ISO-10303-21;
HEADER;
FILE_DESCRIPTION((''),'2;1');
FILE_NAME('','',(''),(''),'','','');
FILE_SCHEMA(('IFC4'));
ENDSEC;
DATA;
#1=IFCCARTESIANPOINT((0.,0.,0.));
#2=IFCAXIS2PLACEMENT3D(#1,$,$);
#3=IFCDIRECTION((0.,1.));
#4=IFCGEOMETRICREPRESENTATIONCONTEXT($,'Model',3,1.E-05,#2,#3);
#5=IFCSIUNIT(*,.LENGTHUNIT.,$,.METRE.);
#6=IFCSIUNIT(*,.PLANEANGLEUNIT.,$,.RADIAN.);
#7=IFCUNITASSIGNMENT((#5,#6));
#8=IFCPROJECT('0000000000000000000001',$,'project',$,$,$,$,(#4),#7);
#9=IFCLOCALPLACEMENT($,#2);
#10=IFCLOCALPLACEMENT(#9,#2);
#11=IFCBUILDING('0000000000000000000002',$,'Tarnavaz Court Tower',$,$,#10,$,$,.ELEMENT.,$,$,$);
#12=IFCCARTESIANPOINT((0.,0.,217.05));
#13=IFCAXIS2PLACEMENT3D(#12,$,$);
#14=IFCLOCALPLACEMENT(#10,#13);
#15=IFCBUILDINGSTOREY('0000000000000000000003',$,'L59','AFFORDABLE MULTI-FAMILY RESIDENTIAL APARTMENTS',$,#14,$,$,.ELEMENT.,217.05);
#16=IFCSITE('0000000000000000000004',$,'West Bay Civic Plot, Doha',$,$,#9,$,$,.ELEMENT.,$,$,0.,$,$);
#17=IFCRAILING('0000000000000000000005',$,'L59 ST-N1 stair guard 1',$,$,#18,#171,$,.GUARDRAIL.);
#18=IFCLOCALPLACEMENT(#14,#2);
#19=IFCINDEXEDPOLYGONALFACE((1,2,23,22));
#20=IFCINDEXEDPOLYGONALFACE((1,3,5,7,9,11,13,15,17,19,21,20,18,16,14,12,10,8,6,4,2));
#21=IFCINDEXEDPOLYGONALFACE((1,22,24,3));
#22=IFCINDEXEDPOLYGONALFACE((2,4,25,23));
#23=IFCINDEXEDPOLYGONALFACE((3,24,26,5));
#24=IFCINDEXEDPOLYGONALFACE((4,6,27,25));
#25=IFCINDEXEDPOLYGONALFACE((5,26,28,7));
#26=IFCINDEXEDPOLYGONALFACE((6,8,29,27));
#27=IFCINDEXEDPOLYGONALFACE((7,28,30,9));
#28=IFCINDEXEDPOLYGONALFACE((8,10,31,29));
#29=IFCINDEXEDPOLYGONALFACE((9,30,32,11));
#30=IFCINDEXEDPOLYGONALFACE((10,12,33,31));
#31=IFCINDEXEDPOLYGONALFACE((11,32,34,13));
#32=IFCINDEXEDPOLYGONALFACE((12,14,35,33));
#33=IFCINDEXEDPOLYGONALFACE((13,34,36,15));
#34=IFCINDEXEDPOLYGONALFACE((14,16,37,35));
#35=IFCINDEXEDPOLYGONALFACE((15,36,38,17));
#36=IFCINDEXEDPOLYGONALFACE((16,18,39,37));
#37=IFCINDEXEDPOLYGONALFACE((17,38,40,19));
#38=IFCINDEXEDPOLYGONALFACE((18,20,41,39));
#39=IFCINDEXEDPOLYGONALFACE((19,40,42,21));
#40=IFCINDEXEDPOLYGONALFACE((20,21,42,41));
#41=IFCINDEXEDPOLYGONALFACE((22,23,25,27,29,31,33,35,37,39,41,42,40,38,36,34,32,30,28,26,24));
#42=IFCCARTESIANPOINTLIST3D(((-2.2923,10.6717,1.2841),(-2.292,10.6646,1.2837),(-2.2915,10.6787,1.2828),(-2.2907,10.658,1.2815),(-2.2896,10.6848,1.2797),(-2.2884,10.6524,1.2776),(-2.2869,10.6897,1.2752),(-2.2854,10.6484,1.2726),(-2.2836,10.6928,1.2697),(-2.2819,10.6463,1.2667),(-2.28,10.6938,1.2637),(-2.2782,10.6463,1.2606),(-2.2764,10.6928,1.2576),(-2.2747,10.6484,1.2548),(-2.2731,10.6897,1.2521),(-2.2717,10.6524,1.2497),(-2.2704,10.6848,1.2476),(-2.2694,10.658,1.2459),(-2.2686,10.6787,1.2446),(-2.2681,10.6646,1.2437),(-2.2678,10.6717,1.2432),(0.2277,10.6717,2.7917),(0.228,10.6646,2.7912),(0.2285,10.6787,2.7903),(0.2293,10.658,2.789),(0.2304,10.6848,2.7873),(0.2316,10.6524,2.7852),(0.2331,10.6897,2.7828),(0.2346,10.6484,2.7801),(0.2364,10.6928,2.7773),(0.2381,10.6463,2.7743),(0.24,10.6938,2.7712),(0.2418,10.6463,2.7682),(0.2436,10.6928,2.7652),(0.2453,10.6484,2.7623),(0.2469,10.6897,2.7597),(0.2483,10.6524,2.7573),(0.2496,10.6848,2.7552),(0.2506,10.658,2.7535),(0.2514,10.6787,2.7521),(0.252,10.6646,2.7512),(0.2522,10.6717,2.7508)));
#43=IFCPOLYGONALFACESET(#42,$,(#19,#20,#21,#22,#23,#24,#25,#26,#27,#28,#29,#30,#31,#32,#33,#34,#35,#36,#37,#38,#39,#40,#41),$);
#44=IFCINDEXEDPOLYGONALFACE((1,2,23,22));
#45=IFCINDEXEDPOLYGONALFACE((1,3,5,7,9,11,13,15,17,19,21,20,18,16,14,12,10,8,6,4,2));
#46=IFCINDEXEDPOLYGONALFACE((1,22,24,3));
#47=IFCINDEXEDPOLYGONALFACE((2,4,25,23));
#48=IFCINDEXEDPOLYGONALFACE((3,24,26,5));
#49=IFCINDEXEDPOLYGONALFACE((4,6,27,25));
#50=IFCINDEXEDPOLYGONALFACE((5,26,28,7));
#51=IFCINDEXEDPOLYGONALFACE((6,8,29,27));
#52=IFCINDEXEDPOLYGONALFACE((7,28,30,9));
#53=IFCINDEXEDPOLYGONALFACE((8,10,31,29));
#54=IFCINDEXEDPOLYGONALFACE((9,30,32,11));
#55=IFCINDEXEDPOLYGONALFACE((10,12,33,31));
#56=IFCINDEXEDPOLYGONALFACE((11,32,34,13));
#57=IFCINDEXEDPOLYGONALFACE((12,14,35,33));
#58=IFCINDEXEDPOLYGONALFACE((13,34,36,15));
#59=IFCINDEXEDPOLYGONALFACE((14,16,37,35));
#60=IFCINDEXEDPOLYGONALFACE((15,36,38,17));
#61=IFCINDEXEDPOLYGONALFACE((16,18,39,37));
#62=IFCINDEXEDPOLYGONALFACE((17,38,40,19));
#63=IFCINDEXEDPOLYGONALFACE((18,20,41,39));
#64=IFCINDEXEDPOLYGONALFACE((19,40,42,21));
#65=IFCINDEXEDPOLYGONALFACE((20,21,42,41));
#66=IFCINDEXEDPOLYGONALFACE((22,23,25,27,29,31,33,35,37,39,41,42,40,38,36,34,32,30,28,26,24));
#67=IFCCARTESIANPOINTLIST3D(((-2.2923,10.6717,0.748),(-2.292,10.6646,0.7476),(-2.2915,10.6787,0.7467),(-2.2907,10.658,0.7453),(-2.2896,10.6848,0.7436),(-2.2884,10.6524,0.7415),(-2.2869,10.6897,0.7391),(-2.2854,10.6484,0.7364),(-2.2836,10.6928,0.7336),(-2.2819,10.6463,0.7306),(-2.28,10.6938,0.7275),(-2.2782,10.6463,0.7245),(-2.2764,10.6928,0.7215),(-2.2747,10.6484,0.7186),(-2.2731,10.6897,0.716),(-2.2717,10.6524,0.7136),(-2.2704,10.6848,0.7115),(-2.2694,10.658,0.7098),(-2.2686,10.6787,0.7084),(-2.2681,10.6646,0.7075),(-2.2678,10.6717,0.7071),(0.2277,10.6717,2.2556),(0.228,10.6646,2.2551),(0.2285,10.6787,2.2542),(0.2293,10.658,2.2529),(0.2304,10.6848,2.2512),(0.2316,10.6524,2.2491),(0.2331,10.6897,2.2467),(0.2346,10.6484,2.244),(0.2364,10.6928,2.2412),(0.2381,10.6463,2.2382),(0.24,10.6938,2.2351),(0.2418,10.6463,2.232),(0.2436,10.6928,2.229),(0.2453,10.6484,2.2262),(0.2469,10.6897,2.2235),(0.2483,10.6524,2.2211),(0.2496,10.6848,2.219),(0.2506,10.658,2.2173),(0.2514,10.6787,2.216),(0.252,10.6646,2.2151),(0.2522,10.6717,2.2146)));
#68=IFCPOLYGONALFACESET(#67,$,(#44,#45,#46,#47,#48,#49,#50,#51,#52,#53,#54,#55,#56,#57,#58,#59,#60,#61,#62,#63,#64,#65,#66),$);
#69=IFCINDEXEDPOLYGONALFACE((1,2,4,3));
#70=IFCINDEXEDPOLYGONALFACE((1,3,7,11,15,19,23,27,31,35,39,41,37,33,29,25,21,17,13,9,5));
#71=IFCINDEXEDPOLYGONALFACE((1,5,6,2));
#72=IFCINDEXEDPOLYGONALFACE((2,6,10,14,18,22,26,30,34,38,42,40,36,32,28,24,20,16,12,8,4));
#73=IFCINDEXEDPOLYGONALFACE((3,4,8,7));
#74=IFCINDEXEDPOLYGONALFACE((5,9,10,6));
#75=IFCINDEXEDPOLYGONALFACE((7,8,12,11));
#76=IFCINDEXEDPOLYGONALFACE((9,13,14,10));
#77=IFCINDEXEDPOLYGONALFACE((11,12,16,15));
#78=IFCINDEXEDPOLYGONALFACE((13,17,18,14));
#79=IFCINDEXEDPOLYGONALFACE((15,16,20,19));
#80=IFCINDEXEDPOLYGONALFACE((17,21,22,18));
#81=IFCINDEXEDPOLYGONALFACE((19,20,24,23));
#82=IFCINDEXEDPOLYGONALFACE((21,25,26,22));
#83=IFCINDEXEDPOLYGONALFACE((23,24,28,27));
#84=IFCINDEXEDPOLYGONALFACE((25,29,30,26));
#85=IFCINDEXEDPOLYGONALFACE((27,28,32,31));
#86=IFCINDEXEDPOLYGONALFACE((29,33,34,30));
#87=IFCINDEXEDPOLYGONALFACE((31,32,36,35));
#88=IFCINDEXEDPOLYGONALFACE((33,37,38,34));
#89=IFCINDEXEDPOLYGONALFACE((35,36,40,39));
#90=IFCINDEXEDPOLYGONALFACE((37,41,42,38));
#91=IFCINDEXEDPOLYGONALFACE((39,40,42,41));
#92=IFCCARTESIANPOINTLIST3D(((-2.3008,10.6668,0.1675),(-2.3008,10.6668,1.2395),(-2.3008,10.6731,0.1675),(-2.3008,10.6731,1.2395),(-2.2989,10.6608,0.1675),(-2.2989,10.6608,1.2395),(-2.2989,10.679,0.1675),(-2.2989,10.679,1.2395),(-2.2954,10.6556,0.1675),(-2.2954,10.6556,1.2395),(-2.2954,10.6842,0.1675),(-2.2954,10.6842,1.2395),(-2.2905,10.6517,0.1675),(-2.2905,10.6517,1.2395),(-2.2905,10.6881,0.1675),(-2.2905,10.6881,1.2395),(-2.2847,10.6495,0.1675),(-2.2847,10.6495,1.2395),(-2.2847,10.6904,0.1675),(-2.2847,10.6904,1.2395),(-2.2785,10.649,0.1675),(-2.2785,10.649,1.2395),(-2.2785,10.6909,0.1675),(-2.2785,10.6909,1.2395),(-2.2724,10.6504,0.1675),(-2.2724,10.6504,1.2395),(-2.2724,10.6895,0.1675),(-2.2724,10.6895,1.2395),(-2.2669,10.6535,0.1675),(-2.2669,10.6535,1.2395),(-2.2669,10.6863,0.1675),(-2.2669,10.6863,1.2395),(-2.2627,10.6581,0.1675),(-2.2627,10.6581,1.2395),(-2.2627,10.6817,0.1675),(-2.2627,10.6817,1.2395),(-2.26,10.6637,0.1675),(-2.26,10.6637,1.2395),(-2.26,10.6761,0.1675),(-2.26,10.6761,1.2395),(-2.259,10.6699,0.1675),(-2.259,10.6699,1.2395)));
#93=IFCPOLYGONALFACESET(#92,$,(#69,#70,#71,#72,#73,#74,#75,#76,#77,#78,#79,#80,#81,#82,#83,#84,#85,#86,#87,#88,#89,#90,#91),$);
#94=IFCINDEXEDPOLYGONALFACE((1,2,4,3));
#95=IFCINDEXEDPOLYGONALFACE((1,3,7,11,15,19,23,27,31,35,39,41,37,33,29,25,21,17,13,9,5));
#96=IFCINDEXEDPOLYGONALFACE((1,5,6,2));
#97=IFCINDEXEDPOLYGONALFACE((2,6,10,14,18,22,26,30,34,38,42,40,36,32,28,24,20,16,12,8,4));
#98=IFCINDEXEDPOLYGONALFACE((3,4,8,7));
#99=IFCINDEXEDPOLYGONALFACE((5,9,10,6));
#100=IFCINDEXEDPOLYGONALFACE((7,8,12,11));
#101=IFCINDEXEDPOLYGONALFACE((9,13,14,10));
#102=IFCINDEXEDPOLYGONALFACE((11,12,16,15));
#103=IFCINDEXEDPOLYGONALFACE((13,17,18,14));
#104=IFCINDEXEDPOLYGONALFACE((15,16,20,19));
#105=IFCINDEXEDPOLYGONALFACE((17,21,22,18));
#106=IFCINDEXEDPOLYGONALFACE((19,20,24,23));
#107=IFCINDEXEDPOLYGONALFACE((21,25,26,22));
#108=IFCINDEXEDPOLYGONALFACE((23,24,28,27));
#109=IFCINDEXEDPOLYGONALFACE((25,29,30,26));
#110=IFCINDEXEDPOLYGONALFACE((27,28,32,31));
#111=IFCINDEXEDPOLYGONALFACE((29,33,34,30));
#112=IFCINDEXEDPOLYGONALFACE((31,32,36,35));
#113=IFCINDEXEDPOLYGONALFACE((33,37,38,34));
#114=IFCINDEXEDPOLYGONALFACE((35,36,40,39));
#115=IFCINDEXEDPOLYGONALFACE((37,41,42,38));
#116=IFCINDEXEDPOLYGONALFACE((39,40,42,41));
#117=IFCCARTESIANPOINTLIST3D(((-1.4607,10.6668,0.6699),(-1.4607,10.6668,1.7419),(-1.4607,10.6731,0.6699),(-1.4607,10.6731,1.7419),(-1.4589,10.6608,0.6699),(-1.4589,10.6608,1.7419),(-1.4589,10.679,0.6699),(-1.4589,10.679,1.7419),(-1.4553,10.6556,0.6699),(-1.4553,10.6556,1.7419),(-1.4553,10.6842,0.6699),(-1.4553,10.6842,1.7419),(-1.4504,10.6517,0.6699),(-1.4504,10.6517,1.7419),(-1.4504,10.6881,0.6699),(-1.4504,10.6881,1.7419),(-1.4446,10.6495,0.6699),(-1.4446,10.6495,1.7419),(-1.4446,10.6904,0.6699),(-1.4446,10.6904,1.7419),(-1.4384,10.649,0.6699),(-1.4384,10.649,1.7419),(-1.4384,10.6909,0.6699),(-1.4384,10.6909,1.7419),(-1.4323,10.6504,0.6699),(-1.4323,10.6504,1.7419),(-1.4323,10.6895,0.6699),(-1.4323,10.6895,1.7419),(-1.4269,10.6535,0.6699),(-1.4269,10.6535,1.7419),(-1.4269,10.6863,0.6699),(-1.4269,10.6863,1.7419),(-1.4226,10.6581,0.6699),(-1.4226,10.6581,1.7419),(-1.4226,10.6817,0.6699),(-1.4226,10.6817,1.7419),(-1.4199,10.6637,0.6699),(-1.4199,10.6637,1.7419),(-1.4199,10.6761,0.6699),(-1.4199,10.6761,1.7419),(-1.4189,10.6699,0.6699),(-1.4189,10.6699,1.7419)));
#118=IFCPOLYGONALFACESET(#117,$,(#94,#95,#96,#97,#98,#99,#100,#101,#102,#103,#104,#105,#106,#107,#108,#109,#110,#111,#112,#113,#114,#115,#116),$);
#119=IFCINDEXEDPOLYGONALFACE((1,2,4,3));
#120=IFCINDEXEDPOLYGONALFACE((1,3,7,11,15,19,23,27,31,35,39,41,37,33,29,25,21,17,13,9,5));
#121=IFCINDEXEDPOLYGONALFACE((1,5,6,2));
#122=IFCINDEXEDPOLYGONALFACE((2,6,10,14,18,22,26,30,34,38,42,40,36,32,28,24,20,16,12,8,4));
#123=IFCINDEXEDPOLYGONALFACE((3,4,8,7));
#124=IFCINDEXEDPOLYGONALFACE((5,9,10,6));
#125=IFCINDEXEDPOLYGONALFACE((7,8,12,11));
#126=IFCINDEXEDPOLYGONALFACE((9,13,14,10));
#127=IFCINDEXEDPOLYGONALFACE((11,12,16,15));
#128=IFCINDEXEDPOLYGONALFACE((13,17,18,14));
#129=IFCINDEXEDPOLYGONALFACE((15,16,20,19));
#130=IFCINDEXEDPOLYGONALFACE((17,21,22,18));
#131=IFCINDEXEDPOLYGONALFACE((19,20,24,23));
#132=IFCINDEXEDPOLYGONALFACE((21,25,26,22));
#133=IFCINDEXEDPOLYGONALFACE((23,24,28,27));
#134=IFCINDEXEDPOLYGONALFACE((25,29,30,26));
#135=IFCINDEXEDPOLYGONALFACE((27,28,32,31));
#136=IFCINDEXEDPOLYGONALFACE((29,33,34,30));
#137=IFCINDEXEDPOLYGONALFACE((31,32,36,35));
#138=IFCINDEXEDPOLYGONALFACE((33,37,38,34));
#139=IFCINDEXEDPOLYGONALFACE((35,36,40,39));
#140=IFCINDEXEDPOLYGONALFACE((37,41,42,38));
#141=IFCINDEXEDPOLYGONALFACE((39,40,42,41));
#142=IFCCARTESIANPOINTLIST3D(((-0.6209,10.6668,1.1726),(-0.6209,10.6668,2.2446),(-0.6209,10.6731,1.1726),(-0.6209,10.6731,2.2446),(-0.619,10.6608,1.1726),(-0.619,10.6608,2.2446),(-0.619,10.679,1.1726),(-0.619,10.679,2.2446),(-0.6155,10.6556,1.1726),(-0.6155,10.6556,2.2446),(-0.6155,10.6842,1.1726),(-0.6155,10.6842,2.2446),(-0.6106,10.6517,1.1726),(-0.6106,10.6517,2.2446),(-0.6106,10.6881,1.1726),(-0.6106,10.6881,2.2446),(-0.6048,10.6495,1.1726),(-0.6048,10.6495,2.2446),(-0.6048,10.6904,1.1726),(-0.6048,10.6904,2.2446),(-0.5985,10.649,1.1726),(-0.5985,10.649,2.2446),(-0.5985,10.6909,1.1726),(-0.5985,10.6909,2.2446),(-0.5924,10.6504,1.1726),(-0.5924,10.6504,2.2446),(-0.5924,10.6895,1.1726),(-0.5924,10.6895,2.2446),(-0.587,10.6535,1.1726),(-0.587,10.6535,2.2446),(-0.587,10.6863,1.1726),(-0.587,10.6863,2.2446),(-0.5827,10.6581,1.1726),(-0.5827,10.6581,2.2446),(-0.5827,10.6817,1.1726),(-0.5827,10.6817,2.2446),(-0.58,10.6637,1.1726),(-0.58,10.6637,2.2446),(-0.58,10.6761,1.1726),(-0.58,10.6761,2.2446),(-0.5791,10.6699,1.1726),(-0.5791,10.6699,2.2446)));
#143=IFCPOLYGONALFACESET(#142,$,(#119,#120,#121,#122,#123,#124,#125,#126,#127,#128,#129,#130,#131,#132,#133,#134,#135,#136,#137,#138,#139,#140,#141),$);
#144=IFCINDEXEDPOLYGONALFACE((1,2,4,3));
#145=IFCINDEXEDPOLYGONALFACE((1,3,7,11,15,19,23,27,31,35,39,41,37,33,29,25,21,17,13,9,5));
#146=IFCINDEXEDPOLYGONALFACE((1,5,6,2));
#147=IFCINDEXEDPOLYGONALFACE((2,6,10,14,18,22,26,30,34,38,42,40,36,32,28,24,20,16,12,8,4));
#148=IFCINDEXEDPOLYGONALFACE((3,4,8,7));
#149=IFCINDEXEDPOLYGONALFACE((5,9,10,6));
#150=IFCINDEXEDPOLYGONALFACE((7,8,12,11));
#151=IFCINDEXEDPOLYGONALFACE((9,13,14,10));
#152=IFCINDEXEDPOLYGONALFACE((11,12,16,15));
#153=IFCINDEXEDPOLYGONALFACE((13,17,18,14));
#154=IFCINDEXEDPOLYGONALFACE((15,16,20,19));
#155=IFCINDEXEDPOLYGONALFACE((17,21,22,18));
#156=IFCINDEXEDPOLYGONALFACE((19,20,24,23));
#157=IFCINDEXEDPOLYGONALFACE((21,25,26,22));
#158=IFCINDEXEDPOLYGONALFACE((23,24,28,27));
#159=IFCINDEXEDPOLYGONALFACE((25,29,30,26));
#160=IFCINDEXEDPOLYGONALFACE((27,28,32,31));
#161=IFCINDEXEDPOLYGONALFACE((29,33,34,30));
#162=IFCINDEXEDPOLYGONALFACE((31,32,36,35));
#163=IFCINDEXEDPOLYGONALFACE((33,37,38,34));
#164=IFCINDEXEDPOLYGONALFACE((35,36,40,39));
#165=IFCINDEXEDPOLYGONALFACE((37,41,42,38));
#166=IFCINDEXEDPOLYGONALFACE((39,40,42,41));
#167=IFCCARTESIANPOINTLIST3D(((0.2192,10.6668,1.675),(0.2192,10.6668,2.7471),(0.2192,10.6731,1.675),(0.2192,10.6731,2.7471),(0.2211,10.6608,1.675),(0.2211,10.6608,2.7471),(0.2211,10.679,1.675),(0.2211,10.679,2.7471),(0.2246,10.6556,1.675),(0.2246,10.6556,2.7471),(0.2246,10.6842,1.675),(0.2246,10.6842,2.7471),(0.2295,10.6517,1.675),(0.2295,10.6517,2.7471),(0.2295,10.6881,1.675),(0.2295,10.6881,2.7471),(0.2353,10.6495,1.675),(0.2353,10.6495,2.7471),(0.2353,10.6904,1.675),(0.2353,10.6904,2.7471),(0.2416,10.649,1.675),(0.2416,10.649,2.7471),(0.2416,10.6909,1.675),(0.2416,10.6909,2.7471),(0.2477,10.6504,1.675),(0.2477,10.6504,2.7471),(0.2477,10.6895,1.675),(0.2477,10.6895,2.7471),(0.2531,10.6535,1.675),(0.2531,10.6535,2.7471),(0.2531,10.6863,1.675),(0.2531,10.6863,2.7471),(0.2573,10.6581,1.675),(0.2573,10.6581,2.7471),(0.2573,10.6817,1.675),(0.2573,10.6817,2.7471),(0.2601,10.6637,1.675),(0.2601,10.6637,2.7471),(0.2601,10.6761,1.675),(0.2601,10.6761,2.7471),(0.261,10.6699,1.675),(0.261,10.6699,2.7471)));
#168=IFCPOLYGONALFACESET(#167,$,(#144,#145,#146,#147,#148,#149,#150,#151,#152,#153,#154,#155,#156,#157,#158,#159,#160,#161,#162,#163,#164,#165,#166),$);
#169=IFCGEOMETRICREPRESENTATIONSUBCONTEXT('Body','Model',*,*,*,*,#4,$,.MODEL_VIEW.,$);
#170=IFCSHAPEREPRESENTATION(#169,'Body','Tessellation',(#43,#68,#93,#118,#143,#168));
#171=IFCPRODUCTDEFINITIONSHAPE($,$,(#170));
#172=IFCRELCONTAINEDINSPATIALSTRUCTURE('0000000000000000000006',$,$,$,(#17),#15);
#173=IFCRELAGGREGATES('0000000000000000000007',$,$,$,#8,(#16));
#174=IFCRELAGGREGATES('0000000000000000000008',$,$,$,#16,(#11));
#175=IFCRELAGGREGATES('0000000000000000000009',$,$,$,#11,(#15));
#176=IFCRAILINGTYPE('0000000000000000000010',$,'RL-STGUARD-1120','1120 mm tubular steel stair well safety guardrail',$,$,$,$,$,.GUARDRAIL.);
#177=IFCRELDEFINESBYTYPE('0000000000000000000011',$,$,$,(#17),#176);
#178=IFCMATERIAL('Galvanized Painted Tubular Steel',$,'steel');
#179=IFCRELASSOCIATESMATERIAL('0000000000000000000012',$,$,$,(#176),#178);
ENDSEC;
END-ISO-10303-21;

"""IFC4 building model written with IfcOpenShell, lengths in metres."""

from ifc_helpers import new_model, si_unit, direction, frame, origin, origin_2d, place, context, subcontext, project, spatial, circle, extrude, material, type_object, element, save


model = new_model("IFC4")

# Units and contexts
model_context = context("Model", 3, precision=1e-05, world=origin(), true_north=direction((0.0, 1.0)))
body_context = subcontext(model_context, "Body", "Model", "MODEL_VIEW")
ifc_project = project(units=[si_unit("LENGTHUNIT", "METRE"), si_unit("PLANEANGLEUNIT", "RADIAN")], contexts=[model_context])

# Site, building, storey
site_placement = place(None, origin())
site = spatial("IfcSite", under=ifc_project, at=site_placement, Name="West Bay Civic Plot, Doha", CompositionType="ELEMENT", RefElevation=0.0)
building_placement = place(site_placement, origin())
building = spatial("IfcBuilding", under=site, at=building_placement, Name="Tarnavaz Court Tower", CompositionType="ELEMENT")
storey_placement = place(building_placement, frame((0.0, 0.0, 217.05)))
storey = spatial("IfcBuildingStorey", under=building, at=storey_placement, Name="L59", Description="AFFORDABLE MULTI-FAMILY RESIDENTIAL APARTMENTS", CompositionType="ELEMENT", Elevation=217.05)

# Railing
ifc_material_1 = material(Name="Galvanized Painted Tubular Steel", Category="steel")
railing_type_1 = type_object("IfcRailingType", Name="RL-STGUARD-1120", Description="1120 mm tubular steel stair well safety guardrail", PredefinedType="GUARDRAIL", material=ifc_material_1)
railing_1_placement = place(storey_placement, frame((-2.28, 10.6699, 0.1675)))
element("IfcRailing", 1, at=railing_1_placement, inside=storey, type_object=railing_type_1, Name="L59 ST-N1 stair guard 1", PredefinedType="GUARDRAIL", context=body_context, shape_type="SweptSolid", body=[
    extrude(circle(Radius=0.0239, at=origin_2d()), frame((0.0, 0.0, 1.0962), z_axis=(0.85816, 0.0, 0.513383), x_axis=(0.0, 1.0, 0.0)), (0.0, 0.0, 1.0), 2.9365),
    extrude(circle(Radius=0.0239, at=origin_2d()), frame((0.0, 0.0, 0.5601), z_axis=(0.85816, 0.0, 0.513383), x_axis=(0.0, 1.0, 0.0)), (0.0, 0.0, 1.0), 2.9365),
    extrude(circle(Radius=0.021, at=origin_2d()), origin(), (0.0, 0.0, 1.0), 1.072),
    extrude(circle(Radius=0.021, at=origin_2d()), frame((0.8401, 0.0, 0.5024)), (0.0, 0.0, 1.0), 1.072),
    extrude(circle(Radius=0.021, at=origin_2d()), frame((1.6799, 0.0, 1.0051)), (0.0, 0.0, 1.0), 1.072),
    extrude(circle(Radius=0.021, at=origin_2d()), frame((2.52, 0.0, 1.5076)), (0.0, 0.0, 1.0), 1.072),
])

save(model, "model.ifc")
